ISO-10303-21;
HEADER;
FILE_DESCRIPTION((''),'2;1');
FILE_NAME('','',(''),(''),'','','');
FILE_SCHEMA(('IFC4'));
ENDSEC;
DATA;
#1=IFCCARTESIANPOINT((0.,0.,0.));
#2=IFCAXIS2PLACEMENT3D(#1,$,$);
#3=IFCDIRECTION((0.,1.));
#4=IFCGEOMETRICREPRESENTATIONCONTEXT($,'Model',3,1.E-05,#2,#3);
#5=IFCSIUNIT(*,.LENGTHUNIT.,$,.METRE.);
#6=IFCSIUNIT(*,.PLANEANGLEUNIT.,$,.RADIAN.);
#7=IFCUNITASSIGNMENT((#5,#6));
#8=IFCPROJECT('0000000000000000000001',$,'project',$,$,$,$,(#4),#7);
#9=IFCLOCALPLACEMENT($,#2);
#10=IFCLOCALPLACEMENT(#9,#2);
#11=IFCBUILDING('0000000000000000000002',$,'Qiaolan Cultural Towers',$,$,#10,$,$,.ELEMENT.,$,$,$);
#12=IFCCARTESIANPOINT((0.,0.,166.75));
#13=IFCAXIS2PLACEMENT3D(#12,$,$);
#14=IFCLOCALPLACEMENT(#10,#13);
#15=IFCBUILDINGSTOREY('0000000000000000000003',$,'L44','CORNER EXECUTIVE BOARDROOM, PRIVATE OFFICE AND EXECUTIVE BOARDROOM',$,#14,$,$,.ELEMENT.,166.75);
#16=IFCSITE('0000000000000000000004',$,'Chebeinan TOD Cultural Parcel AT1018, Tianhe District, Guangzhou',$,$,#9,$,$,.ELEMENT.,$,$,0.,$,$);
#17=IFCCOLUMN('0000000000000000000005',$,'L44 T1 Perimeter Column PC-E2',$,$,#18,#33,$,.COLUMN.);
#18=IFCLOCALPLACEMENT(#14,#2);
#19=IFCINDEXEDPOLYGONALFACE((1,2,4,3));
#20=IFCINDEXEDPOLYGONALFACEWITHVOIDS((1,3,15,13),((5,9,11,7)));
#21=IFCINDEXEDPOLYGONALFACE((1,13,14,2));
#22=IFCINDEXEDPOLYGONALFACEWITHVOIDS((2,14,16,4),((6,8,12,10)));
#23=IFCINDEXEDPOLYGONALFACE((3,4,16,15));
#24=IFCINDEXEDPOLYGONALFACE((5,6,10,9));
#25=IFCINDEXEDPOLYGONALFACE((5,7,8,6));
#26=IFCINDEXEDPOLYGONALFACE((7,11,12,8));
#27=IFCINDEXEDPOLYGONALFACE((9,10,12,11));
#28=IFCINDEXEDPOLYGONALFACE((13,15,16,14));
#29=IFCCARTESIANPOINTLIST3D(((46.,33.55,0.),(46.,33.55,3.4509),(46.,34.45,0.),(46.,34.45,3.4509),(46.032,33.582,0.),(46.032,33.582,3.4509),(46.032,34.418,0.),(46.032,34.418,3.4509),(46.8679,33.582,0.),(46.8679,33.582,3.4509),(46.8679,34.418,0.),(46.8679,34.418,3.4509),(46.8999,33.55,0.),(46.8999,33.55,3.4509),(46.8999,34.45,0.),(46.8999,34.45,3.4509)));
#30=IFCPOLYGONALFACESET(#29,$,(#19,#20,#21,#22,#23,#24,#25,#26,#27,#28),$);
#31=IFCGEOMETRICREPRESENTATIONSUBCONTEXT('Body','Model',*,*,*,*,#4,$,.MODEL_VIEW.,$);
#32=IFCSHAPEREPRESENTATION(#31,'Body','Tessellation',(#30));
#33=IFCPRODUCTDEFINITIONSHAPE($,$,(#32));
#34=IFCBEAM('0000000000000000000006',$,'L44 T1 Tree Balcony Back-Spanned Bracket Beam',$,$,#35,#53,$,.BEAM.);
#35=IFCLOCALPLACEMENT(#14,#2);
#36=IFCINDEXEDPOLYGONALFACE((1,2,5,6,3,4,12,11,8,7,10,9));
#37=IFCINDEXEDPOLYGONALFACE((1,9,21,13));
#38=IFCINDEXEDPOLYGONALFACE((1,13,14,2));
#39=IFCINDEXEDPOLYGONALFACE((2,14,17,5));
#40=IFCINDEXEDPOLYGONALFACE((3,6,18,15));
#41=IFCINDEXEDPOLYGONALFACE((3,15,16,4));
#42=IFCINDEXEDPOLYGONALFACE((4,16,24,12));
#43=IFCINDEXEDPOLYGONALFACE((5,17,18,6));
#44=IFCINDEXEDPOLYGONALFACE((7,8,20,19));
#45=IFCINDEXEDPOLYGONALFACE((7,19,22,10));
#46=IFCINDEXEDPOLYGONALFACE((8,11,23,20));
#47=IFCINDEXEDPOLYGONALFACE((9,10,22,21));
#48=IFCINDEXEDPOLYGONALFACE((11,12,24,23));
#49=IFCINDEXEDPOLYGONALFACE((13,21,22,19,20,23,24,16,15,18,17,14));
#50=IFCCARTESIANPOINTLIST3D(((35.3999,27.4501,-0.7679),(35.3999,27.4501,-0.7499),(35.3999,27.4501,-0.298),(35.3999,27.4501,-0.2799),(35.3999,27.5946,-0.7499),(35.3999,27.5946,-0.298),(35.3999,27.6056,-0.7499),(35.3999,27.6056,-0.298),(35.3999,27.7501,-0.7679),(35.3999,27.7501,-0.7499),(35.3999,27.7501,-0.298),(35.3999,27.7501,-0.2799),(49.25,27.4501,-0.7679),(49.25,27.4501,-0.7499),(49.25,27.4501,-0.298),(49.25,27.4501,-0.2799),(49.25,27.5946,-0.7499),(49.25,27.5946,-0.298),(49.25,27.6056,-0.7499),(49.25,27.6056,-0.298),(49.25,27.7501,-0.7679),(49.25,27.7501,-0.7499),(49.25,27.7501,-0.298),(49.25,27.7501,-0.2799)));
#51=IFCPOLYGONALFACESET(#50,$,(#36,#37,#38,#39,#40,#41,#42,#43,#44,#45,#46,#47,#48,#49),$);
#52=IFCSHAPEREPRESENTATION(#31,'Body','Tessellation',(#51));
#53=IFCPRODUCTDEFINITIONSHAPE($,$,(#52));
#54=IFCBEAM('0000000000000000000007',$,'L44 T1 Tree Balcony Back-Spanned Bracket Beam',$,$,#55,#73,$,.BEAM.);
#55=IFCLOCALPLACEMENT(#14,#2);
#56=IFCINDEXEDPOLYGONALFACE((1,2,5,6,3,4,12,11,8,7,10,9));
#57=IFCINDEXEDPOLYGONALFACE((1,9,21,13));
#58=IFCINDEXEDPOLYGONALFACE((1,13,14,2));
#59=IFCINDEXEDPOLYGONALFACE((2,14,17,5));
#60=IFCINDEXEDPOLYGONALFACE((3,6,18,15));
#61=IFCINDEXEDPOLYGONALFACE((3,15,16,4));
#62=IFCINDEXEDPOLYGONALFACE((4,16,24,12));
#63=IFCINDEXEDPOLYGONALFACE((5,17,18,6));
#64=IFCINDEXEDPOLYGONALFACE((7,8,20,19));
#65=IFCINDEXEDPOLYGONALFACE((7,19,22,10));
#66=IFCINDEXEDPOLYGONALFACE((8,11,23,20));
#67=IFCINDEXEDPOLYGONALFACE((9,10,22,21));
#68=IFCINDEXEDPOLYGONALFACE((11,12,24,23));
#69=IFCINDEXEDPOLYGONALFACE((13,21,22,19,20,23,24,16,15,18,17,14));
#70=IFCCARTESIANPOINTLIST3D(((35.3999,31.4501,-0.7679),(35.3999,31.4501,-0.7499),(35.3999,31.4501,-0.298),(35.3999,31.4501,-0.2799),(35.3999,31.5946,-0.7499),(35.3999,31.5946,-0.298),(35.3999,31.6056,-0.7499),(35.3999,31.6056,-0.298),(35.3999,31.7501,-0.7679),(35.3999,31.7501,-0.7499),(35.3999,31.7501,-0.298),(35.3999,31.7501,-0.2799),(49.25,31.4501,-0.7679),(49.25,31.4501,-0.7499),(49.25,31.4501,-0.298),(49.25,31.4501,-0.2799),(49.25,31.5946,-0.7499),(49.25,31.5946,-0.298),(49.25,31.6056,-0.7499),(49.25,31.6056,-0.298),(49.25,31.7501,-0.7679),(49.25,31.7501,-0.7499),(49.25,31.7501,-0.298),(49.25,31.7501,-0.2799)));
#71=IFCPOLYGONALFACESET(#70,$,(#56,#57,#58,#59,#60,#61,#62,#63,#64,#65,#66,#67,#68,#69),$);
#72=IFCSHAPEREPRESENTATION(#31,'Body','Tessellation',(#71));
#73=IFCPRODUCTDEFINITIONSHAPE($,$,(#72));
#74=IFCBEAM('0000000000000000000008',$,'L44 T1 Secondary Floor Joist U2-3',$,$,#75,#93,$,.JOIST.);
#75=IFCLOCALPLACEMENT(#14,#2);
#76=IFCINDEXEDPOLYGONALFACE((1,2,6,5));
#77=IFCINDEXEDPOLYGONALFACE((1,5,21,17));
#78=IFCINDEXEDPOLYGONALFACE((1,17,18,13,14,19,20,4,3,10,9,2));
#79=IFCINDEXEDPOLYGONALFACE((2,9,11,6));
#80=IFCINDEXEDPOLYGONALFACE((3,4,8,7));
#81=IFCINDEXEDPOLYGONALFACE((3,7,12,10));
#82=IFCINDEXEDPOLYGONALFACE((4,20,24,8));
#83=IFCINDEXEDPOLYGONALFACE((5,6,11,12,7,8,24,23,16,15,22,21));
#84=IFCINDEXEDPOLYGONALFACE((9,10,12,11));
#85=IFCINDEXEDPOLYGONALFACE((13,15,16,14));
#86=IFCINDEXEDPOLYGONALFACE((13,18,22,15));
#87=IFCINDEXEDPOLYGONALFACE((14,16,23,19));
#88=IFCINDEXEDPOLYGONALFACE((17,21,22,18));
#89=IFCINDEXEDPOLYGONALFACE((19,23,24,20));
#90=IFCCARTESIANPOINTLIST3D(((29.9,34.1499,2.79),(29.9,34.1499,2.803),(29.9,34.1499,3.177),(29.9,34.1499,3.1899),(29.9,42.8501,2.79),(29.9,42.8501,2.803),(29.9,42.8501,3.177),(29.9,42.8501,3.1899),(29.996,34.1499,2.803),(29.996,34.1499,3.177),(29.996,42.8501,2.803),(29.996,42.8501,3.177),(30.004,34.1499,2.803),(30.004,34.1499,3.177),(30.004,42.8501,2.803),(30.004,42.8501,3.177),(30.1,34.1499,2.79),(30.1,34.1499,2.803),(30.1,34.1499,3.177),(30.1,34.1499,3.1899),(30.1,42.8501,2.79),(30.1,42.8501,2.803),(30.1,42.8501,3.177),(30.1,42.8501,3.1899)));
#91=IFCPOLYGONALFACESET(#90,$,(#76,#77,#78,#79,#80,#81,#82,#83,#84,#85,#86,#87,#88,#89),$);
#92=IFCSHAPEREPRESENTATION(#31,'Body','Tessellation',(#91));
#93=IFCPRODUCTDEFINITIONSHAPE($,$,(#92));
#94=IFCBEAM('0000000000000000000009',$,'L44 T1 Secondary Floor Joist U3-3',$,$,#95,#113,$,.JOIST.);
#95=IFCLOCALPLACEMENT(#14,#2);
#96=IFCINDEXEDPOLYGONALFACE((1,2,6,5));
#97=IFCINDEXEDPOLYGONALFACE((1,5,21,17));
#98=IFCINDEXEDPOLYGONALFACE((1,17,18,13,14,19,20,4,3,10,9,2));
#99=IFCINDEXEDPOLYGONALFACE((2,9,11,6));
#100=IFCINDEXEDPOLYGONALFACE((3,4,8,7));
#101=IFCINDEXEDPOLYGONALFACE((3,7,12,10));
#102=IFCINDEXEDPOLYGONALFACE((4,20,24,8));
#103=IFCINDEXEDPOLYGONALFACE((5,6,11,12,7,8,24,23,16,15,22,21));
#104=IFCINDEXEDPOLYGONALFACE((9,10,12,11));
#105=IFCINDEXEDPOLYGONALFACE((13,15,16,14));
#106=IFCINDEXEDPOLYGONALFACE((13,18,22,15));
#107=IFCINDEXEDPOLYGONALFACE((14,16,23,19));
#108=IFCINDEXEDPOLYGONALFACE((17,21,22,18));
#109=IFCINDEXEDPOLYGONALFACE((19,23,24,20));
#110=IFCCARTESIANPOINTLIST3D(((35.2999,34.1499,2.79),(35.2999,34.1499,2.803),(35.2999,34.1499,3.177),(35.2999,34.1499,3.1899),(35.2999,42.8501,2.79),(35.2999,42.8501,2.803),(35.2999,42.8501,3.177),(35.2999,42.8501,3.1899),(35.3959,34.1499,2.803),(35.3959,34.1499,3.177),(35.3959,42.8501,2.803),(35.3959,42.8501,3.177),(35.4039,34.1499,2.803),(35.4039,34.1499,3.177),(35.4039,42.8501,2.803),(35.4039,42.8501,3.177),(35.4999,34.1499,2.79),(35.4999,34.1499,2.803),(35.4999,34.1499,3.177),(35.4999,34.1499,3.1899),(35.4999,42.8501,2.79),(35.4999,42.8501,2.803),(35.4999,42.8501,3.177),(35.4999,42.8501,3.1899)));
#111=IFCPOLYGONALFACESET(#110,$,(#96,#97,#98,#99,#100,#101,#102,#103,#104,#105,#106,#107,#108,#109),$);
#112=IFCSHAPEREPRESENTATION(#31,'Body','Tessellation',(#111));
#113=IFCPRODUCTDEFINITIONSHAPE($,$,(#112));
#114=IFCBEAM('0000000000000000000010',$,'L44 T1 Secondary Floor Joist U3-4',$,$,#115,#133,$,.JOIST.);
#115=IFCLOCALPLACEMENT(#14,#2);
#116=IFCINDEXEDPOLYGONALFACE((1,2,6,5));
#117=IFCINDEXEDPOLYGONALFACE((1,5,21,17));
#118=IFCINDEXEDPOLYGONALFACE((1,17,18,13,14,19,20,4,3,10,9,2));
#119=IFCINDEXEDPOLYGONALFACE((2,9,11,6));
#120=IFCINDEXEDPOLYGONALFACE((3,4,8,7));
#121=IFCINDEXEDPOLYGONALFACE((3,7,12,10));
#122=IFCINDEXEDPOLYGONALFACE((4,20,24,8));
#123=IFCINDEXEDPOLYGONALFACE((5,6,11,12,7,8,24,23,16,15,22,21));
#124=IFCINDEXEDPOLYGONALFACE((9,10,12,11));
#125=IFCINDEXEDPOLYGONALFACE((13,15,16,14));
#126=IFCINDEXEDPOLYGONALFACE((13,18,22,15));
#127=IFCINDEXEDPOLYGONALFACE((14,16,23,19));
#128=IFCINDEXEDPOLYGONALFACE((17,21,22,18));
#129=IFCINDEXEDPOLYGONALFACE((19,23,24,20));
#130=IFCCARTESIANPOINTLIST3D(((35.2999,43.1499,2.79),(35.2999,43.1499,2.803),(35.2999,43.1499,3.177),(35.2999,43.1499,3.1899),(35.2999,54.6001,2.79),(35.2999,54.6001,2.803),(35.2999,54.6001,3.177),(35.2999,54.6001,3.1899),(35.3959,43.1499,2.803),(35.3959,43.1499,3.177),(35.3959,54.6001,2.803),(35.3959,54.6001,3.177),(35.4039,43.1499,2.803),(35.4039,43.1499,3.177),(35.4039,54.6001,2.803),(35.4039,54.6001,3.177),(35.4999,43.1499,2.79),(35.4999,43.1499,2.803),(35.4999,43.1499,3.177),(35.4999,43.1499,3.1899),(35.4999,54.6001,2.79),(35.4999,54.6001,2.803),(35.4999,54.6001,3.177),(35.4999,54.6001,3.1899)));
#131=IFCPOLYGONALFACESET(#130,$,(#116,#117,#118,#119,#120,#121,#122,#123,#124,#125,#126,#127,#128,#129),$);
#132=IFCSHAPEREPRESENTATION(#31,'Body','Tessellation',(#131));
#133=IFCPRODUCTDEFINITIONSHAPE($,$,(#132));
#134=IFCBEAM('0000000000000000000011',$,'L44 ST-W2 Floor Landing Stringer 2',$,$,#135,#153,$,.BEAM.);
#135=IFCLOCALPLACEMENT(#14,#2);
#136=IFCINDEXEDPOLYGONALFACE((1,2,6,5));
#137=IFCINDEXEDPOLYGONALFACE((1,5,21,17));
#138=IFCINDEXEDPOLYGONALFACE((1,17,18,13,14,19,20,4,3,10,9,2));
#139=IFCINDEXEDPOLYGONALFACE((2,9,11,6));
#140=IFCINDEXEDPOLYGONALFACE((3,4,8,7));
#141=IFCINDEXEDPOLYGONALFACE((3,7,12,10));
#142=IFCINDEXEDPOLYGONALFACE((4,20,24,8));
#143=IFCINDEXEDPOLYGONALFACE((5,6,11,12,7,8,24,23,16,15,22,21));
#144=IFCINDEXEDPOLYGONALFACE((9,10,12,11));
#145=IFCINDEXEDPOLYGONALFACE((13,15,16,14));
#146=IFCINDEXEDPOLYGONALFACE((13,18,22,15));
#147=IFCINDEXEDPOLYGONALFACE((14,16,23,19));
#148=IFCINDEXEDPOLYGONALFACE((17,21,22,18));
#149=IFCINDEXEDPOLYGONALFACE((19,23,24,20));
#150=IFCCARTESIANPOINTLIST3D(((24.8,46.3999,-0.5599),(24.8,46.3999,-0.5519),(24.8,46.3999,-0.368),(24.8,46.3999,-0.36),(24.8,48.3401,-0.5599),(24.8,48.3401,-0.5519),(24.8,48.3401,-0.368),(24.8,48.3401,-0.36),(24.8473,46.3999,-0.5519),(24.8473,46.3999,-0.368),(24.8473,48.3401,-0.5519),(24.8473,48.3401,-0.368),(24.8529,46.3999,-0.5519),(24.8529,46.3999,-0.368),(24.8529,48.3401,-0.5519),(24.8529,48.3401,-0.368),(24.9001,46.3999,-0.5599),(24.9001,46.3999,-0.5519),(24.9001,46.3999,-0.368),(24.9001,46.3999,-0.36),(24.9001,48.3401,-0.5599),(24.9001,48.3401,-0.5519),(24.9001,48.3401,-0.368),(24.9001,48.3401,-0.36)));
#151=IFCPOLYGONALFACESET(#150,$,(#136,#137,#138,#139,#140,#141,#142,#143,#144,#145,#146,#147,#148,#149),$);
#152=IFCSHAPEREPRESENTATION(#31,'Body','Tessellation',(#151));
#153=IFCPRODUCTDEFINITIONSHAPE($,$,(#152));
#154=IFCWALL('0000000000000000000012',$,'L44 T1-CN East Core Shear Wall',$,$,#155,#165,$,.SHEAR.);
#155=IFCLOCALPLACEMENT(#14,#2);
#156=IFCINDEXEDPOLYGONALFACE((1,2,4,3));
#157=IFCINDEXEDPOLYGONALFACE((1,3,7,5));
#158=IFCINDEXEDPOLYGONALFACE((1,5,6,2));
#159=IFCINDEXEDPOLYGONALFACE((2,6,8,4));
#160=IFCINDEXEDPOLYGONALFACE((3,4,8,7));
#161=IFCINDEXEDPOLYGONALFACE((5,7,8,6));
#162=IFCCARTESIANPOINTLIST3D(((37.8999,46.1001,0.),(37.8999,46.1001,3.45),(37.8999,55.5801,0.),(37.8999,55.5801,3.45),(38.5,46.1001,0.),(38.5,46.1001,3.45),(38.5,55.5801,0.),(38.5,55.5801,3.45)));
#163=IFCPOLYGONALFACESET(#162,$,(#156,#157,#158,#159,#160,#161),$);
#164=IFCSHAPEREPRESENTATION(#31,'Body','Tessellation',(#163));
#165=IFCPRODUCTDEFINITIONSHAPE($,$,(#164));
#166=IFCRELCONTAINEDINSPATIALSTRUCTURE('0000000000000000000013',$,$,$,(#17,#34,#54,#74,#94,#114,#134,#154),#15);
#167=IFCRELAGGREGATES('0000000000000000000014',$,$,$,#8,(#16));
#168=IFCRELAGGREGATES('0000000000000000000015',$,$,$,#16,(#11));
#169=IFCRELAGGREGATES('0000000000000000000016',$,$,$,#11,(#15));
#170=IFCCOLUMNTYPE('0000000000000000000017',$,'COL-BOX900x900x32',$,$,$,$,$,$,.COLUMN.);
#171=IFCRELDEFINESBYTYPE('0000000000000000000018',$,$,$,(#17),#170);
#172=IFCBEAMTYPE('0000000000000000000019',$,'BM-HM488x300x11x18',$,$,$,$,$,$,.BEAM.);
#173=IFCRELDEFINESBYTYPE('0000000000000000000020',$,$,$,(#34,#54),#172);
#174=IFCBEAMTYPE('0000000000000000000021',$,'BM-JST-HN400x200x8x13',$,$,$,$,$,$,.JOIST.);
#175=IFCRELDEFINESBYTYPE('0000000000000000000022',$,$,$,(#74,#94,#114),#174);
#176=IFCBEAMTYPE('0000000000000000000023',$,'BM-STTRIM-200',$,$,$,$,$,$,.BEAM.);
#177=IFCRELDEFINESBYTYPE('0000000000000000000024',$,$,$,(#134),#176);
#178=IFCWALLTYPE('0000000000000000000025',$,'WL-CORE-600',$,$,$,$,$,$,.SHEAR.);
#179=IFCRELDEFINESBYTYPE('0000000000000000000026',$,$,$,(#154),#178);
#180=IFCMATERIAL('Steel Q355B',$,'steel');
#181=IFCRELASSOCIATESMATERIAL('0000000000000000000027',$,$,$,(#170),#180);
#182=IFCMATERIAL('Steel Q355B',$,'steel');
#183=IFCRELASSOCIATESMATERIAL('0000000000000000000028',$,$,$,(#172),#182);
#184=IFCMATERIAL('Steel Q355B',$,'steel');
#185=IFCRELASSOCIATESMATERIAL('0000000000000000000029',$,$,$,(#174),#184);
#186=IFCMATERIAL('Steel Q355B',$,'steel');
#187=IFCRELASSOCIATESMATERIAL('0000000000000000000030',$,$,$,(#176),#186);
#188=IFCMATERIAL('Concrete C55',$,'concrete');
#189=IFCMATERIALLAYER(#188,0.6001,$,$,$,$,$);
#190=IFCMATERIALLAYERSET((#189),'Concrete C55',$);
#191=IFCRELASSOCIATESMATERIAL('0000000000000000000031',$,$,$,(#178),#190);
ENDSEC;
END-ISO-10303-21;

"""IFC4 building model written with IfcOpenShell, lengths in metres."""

from ifc_helpers import new_model, si_unit, direction, frame, frame_2d, origin, origin_2d, place, context, subcontext, project, spatial, rectangle, hollow_rectangle, i_section, extrude, material, layer, layer_set, material_profile, profile_set, type_object, element, save


model = new_model("IFC4")

# Units and contexts
model_context = context("Model", 3, precision=1e-05, world=origin(), true_north=direction((0.0, 1.0)))
body_context = subcontext(model_context, "Body", "Model", "MODEL_VIEW")
ifc_project = project(units=[si_unit("LENGTHUNIT", "METRE"), si_unit("PLANEANGLEUNIT", "RADIAN")], contexts=[model_context])

# Site, building, storey
site_placement = place(None, origin())
site = spatial("IfcSite", under=ifc_project, at=site_placement, Name="Chebeinan TOD Cultural Parcel AT1018, Tianhe District, Guangzhou", CompositionType="ELEMENT", RefElevation=0.0)
building_placement = place(site_placement, origin())
building = spatial("IfcBuilding", under=site, at=building_placement, Name="Qiaolan Cultural Towers", CompositionType="ELEMENT")
storey_placement = place(building_placement, frame((0.0, 0.0, 166.75)))
storey = spatial("IfcBuildingStorey", under=building, at=storey_placement, Name="L44", Description="CORNER EXECUTIVE BOARDROOM, PRIVATE OFFICE AND EXECUTIVE BOARDROOM", CompositionType="ELEMENT", Elevation=166.75)

# Column
ifc_material_1 = material(Name="Steel Q355B", Category="steel")
ifc_material_profile_1 = material_profile(ifc_material_1, hollow_rectangle(XDim=0.8999, YDim=0.8999, WallThickness=0.032, at=origin_2d()), Name="BOX900x900x32")
ifc_profile_set_1 = profile_set([ifc_material_profile_1], Name="Steel Q355B")
column_type = type_object("IfcColumnType", Name="COL-BOX900x900x32", PredefinedType="COLUMN", material=ifc_profile_set_1)
column_placement = place(storey_placement, frame((46.45, 34.0, 0.0), z_axis=(0.0, 0.0, 1.0), x_axis=(1.0, 0.0, 0.0)))
element("IfcColumn", 1, at=column_placement, inside=storey, type_object=column_type, Name="L44 T1 Perimeter Column PC-E2", PredefinedType="COLUMN", context=body_context, shape_type="SweptSolid", body=[
    extrude(hollow_rectangle(XDim=0.8999, YDim=0.8999, WallThickness=0.032, at=origin_2d()), origin(), (0.0, 0.0, 1.0), 3.4509),
])

# Beams
ifc_material_2 = material(Name="Steel Q355B", Category="steel")
ifc_material_profile_2 = material_profile(ifc_material_2, i_section(OverallWidth=0.3, OverallDepth=0.488, WebThickness=0.011, FlangeThickness=0.0181, at=origin_2d()), Name="HM488x300x11x18")
ifc_profile_set_2 = profile_set([ifc_material_profile_2], Name="Steel Q355B")
beam_type_1 = type_object("IfcBeamType", Name="BM-HM488x300x11x18", PredefinedType="BEAM", material=ifc_profile_set_2)
for number, where, z_axis, x_axis, name in (
    (2, (35.3999, 27.6001, -0.5239), (1.0, 0.0, 0.0), (0.0, 1.0, 0.0), "L44 T1 Tree Balcony Back-Spanned Bracket Beam"),
    (3, (35.3999, 31.6001, -0.5239), (1.0, 0.0, 0.0), (0.0, 1.0, 0.0), "L44 T1 Tree Balcony Back-Spanned Bracket Beam"),
):
    element("IfcBeam", number, at=place(storey_placement, frame(where, z_axis=z_axis, x_axis=x_axis)), inside=storey, type_object=beam_type_1, Name=name, PredefinedType="BEAM", context=body_context, shape_type="SweptSolid", body=[
        extrude(i_section(OverallWidth=0.3, OverallDepth=0.488, WebThickness=0.011, FlangeThickness=0.0181, at=origin_2d()), origin(), (0.0, 0.0, 1.0), 13.8501),
    ])
ifc_material_3 = material(Name="Steel Q355B", Category="steel")
ifc_material_profile_3 = material_profile(ifc_material_3, i_section(OverallWidth=0.2, OverallDepth=0.3999, WebThickness=0.0081, FlangeThickness=0.0129, at=origin_2d()), Name="HN400x200x8x13")
ifc_profile_set_3 = profile_set([ifc_material_profile_3], Name="Steel Q355B")
beam_type_2 = type_object("IfcBeamType", Name="BM-JST-HN400x200x8x13", PredefinedType="JOIST", material=ifc_profile_set_3)
for number, where, z_axis, x_axis, name in (
    (4, (30.0, 34.1499, 2.99), (0.0, 1.0, 0.0), (-1.0, 0.0, 0.0), "L44 T1 Secondary Floor Joist U2-3"),
    (5, (35.3999, 34.1499, 2.99), (0.0, 1.0, 0.0), (-1.0, 0.0, 0.0), "L44 T1 Secondary Floor Joist U3-3"),
):
    element("IfcBeam", number, at=place(storey_placement, frame(where, z_axis=z_axis, x_axis=x_axis)), inside=storey, type_object=beam_type_2, Name=name, PredefinedType="JOIST", context=body_context, shape_type="SweptSolid", body=[
        extrude(i_section(OverallWidth=0.2, OverallDepth=0.3999, WebThickness=0.0081, FlangeThickness=0.0129, at=origin_2d()), origin(), (0.0, 0.0, 1.0), 8.7002),
    ])
beam_1_placement = place(storey_placement, frame((35.3999, 43.1499, 2.99), z_axis=(0.0, 1.0, 0.0), x_axis=(-1.0, 0.0, 0.0)))
element("IfcBeam", 6, at=beam_1_placement, inside=storey, type_object=beam_type_2, Name="L44 T1 Secondary Floor Joist U3-4", PredefinedType="JOIST", context=body_context, shape_type="SweptSolid", body=[
    extrude(i_section(OverallWidth=0.2, OverallDepth=0.3999, WebThickness=0.0081, FlangeThickness=0.0129, at=origin_2d()), origin(), (0.0, 0.0, 1.0), 11.4502),
])
ifc_material_4 = material(Name="Steel Q355B", Category="steel")
ifc_material_profile_4 = material_profile(ifc_material_4, i_section(OverallWidth=0.1001, OverallDepth=0.2, WebThickness=0.0056, FlangeThickness=0.0081, at=origin_2d()), Name="HN200x100x5.5x8")
ifc_profile_set_4 = profile_set([ifc_material_profile_4], Name="Steel Q355B")
beam_type_3 = type_object("IfcBeamType", Name="BM-STTRIM-200", PredefinedType="BEAM", material=ifc_profile_set_4)
beam_2_placement = place(storey_placement, frame((24.8501, 46.3999, -0.46), z_axis=(0.0, 1.0, 0.0), x_axis=(-1.0, 0.0, 0.0)))
element("IfcBeam", 7, at=beam_2_placement, inside=storey, type_object=beam_type_3, Name="L44 ST-W2 Floor Landing Stringer 2", PredefinedType="BEAM", context=body_context, shape_type="SweptSolid", body=[
    extrude(i_section(OverallWidth=0.1001, OverallDepth=0.2, WebThickness=0.0056, FlangeThickness=0.0081, at=origin_2d()), origin(), (0.0, 0.0, 1.0), 1.9402),
])

# Wall
ifc_material_5 = material(Name="Concrete C55", Category="concrete")
ifc_layer_1 = layer(ifc_material_5, 0.6001)
ifc_layer_set_1 = layer_set([ifc_layer_1], Name="Concrete C55")
wall_type_1 = type_object("IfcWallType", Name="WL-CORE-600", PredefinedType="SHEAR", material=ifc_layer_set_1)
wall_1_placement = place(storey_placement, frame((38.2, 46.1001, 0.0), z_axis=(0.0, 0.0, 1.0), x_axis=(0.0, 1.0, 0.0)))
element("IfcWall", 8, at=wall_1_placement, inside=storey, type_object=wall_type_1, Name="L44 T1-CN East Core Shear Wall", PredefinedType="SHEAR", context=body_context, shape_type="SweptSolid", body=[
    extrude(rectangle(XDim=9.48, YDim=0.6001, at=frame_2d((4.74, 0.0))), origin(), (0.0, 0.0, 1.0), 3.45),
])

save(model, "model.ifc")
